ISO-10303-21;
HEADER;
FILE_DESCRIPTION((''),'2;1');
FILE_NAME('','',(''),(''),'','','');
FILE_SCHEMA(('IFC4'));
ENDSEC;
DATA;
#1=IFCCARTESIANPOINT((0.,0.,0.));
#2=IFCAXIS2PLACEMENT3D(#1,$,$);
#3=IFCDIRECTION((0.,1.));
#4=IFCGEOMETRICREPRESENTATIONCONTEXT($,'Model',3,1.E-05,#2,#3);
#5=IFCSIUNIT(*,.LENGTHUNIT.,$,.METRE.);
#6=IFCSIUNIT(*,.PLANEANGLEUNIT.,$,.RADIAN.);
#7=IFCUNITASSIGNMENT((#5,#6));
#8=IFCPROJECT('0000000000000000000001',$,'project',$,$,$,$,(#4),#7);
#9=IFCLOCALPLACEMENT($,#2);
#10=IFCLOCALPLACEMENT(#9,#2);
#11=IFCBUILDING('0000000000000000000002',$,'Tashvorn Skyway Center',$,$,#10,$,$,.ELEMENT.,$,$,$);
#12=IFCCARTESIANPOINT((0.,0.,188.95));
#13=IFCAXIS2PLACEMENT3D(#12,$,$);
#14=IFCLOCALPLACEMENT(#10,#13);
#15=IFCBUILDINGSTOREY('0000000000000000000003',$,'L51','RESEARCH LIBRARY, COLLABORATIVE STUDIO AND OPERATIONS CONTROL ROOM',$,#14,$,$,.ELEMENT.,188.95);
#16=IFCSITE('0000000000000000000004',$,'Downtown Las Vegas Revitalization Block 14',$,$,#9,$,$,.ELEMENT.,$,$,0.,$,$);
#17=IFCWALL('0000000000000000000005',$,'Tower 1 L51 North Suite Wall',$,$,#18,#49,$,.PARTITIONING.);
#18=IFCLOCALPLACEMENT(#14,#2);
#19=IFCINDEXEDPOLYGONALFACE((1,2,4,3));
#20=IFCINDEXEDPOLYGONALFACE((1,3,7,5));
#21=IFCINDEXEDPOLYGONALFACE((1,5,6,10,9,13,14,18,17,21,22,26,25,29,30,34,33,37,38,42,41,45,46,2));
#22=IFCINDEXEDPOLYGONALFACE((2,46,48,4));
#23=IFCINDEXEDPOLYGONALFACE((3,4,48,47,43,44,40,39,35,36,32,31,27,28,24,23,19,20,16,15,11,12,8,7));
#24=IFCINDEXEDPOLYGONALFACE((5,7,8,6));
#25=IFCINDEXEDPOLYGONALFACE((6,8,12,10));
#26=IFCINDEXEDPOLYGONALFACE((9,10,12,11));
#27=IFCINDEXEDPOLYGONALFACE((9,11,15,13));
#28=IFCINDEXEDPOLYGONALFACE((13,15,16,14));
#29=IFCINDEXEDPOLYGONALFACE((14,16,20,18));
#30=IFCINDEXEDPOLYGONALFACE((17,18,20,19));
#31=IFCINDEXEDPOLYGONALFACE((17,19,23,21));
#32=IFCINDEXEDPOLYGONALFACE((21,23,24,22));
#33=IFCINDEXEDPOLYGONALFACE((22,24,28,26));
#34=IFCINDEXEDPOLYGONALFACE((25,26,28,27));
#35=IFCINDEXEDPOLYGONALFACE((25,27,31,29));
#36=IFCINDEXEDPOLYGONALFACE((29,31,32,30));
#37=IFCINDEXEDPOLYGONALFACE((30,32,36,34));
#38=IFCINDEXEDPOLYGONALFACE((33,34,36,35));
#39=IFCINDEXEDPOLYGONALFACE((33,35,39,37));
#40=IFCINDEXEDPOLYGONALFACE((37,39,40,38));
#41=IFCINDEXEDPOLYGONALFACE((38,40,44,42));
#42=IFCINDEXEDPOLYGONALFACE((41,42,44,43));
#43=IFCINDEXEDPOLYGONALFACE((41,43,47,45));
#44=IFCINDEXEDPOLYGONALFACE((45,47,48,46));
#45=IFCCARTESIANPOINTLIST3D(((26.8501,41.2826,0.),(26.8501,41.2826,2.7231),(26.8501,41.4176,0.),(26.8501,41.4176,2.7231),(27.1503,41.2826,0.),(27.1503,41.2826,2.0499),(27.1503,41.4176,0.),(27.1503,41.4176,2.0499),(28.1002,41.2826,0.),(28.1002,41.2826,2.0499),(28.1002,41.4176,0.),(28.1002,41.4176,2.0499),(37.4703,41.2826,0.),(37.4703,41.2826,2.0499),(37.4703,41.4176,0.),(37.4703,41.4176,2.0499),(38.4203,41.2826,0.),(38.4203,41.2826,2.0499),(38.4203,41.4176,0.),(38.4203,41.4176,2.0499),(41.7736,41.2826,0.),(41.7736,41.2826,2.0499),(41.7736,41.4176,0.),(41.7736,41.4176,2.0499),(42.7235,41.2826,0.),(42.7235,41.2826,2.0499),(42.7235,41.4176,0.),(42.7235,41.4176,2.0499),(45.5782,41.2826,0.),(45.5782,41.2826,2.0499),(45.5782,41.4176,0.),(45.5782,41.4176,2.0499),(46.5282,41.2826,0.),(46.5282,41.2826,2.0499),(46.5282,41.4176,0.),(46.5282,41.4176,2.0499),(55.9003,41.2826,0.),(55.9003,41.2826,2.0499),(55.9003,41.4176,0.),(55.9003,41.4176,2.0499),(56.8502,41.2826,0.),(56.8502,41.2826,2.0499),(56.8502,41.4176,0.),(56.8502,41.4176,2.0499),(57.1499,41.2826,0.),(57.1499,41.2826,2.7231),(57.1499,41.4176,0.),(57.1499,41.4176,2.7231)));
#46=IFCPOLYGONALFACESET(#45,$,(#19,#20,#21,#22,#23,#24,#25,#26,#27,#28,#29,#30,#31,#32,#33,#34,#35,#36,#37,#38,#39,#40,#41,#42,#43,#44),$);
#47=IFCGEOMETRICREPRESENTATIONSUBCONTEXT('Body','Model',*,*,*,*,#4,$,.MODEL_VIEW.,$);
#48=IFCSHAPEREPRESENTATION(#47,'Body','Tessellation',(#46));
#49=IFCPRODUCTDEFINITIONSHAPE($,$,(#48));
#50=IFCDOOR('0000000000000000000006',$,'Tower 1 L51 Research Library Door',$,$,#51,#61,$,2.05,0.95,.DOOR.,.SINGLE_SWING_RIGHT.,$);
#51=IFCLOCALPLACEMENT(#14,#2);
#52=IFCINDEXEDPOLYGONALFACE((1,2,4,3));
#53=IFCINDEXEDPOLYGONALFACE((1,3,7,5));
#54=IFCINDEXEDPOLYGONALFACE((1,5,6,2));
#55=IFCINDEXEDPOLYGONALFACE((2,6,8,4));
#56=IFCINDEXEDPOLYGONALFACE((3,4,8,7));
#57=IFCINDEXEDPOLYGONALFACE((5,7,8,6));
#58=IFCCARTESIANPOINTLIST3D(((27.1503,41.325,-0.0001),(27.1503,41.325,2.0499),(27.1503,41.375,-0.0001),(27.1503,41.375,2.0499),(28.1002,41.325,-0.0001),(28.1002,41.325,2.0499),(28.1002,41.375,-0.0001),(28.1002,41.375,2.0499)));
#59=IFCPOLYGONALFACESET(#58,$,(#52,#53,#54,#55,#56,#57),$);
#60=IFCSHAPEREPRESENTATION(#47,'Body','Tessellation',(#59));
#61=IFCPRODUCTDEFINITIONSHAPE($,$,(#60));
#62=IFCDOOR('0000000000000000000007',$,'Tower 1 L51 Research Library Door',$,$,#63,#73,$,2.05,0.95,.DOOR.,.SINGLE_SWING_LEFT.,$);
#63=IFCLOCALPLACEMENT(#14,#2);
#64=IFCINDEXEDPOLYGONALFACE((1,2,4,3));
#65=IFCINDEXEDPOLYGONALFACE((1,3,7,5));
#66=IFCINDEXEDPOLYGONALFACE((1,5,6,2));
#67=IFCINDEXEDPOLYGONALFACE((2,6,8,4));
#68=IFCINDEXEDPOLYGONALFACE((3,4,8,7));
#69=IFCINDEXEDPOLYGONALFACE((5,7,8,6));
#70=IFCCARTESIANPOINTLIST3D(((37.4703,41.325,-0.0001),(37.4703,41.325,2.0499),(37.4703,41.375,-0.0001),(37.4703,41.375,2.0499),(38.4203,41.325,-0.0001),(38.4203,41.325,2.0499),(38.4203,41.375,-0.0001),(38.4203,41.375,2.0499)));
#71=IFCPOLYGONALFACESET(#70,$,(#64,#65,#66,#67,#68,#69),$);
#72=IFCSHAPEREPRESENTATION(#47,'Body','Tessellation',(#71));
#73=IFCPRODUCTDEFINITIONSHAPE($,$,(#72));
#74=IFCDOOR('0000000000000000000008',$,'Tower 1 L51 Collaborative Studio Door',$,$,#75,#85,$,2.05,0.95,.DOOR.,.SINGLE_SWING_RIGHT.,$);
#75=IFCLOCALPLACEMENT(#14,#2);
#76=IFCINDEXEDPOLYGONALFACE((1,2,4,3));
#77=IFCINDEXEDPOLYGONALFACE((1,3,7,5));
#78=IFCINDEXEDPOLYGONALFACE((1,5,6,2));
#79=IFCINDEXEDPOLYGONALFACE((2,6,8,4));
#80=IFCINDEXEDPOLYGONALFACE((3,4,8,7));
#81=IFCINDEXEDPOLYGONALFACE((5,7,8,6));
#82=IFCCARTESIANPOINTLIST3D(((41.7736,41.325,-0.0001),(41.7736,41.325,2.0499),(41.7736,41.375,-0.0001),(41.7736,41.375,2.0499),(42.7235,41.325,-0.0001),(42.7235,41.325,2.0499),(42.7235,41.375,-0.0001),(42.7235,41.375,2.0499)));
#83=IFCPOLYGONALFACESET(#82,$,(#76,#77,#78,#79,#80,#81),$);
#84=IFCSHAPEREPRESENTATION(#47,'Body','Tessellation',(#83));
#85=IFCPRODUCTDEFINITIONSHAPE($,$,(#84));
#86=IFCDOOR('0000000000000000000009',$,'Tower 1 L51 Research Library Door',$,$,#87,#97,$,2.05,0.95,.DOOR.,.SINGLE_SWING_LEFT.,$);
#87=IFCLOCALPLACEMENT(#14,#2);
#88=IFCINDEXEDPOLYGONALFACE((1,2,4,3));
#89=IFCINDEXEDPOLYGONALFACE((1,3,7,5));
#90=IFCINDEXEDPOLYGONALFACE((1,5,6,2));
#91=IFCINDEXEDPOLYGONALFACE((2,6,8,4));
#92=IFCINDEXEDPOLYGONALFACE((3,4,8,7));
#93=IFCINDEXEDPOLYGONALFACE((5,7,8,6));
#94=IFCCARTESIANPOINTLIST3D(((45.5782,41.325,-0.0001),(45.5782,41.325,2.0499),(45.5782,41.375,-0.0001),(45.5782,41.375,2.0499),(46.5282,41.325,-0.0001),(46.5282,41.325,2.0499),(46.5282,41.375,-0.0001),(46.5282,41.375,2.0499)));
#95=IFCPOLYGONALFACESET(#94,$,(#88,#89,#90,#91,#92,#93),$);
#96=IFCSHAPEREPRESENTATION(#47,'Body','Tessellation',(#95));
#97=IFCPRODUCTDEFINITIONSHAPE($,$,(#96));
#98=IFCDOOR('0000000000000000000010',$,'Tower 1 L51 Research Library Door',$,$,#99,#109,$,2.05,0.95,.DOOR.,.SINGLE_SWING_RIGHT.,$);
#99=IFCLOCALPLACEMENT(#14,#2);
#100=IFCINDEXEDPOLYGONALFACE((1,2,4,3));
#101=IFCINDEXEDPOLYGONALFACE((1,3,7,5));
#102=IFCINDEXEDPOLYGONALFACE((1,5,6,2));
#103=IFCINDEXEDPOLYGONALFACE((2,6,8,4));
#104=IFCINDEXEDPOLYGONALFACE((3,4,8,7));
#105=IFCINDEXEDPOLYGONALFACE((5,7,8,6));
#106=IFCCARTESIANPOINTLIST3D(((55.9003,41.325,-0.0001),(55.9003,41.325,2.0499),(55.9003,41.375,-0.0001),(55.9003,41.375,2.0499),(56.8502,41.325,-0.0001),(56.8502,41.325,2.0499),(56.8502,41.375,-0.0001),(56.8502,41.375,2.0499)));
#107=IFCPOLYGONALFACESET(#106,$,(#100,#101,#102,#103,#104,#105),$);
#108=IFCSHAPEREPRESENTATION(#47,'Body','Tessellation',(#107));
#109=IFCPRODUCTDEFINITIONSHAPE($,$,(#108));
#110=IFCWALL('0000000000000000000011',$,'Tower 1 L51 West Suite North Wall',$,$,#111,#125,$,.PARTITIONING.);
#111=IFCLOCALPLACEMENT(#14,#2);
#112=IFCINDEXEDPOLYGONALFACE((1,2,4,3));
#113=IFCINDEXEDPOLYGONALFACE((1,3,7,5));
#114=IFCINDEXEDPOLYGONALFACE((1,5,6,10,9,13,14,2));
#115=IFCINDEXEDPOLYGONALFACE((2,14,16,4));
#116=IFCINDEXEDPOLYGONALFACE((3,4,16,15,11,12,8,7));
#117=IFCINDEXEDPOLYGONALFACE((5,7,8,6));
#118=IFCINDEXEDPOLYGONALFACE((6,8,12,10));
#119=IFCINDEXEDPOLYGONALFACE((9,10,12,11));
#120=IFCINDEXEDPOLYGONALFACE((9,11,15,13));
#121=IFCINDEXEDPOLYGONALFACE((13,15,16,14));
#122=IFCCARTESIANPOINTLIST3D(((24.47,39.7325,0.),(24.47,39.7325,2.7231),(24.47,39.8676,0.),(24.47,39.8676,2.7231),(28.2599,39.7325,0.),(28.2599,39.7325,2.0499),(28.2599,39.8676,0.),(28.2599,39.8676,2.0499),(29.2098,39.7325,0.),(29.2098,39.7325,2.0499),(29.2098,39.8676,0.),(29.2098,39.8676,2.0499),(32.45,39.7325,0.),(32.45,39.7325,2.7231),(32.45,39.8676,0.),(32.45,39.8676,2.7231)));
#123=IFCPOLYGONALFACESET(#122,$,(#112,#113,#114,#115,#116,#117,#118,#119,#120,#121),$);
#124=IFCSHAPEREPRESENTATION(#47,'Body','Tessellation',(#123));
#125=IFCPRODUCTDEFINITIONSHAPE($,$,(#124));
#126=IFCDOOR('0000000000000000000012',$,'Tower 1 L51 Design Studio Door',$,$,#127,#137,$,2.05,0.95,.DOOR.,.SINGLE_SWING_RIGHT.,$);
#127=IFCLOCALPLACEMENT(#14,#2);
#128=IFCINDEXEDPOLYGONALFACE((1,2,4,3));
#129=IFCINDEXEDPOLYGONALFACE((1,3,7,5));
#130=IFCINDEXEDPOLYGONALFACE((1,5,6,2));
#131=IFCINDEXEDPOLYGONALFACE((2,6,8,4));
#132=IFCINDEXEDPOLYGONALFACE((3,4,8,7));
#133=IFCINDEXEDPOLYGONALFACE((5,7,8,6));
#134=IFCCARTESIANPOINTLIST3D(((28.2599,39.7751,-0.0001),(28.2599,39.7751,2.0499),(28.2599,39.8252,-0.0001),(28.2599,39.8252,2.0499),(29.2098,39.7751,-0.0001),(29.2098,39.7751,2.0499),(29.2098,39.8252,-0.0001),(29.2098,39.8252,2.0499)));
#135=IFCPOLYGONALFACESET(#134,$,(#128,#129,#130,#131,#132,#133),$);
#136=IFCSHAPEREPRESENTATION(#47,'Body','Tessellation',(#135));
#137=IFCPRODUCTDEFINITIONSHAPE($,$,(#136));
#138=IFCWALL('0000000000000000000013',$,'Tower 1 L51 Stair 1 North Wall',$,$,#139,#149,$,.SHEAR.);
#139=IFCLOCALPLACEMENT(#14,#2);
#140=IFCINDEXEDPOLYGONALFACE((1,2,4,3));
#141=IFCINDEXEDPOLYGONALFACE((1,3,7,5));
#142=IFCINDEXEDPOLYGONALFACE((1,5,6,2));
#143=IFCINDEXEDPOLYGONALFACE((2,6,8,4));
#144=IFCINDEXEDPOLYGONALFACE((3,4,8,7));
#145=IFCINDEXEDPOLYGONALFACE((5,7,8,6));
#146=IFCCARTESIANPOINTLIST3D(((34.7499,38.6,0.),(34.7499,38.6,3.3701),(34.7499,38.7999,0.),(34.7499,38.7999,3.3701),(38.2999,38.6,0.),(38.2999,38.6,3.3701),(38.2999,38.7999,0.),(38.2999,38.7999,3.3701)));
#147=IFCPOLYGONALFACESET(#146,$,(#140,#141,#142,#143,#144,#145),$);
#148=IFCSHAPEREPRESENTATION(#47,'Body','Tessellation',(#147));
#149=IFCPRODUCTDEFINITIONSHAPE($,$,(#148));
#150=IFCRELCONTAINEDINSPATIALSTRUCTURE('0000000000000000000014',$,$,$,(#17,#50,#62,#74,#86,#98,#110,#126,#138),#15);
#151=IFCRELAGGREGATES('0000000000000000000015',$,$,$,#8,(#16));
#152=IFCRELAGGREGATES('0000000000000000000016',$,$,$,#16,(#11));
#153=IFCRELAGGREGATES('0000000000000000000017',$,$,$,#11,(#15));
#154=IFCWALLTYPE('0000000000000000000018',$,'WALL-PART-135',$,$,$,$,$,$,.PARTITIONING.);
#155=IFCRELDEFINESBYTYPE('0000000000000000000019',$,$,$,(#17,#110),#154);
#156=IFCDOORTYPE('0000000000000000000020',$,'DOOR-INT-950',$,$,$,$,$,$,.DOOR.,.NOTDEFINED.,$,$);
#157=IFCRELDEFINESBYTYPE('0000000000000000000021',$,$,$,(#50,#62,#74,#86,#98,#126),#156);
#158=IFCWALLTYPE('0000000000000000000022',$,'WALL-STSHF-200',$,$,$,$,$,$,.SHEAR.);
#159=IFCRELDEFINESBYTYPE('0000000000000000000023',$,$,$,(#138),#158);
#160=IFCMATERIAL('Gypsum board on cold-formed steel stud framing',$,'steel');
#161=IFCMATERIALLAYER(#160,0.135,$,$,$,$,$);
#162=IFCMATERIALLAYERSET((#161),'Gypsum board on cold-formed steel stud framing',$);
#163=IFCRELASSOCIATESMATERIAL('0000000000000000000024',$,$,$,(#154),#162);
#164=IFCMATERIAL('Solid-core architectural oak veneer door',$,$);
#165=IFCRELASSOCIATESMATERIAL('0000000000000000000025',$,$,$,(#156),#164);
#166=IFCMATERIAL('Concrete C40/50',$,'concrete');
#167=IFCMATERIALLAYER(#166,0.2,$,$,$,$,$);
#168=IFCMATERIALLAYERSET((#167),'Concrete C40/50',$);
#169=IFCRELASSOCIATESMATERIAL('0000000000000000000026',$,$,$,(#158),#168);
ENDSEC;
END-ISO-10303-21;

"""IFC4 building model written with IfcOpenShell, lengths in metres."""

from ifc_helpers import new_model, si_unit, direction, frame, frame_2d, origin, place, context, subcontext, project, spatial, rectangle, extrude, material, layer, layer_set, type_object, element, fill, save


model = new_model("IFC4")

# Units and contexts
model_context = context("Model", 3, precision=1e-05, world=origin(), true_north=direction((0.0, 1.0)))
body_context = subcontext(model_context, "Body", "Model", "MODEL_VIEW")
ifc_project = project(units=[si_unit("LENGTHUNIT", "METRE"), si_unit("PLANEANGLEUNIT", "RADIAN")], contexts=[model_context])

# Site, building, storey
site_placement = place(None, origin())
site = spatial("IfcSite", under=ifc_project, at=site_placement, Name="Downtown Las Vegas Revitalization Block 14", CompositionType="ELEMENT", RefElevation=0.0)
building_placement = place(site_placement, origin())
building = spatial("IfcBuilding", under=site, at=building_placement, Name="Tashvorn Skyway Center", CompositionType="ELEMENT")
storey_placement = place(building_placement, frame((0.0, 0.0, 188.95)))
storey = spatial("IfcBuildingStorey", under=building, at=storey_placement, Name="L51", Description="RESEARCH LIBRARY, COLLABORATIVE STUDIO AND OPERATIONS CONTROL ROOM", CompositionType="ELEMENT", Elevation=188.95)

# Shared definitions
ifc_material_1 = material(Name="Gypsum board on cold-formed steel stud framing", Category="steel")

# Wall, openings, doors
ifc_layer_1 = layer(ifc_material_1, 0.135)
ifc_layer_set_1 = layer_set([ifc_layer_1], Name="Gypsum board on cold-formed steel stud framing")
wall_type_1 = type_object("IfcWallType", Name="WALL-PART-135", PredefinedType="PARTITIONING", material=ifc_layer_set_1)
wall_1_placement = place(storey_placement, frame((26.8501, 41.3501, 0.0), z_axis=(0.0, 0.0, 1.0), x_axis=(1.0, 0.0, 0.0)))
wall_1 = element("IfcWall", 1, at=wall_1_placement, inside=storey, type_object=wall_type_1, Name="Tower 1 L51 North Suite Wall", PredefinedType="PARTITIONING", context=body_context, shape_type="SweptSolid", body=[
    extrude(rectangle(XDim=30.2998, YDim=0.135, at=frame_2d((15.1499, 0.0))), origin(), (0.0, 0.0, 1.0), 2.7231),
])
opening_1_placement = place(wall_1_placement, frame((0.3, 0.0, 0.0)))
opening_1 = element("IfcOpeningElement", 2, at=opening_1_placement, cuts=wall_1, PredefinedType="OPENING", context=body_context, shape_type="SweptSolid", body=[
    extrude(rectangle(XDim=0.95, YDim=2.05, at=frame_2d((0.4751, 1.0249))), frame((0.0, 0.0774, 0.0), z_axis=(0.0, -1.0, 0.0), x_axis=(1.0, 0.0, 0.0)), (0.0, 0.0, 1.0), 0.155),
])
opening_2_placement = place(wall_1_placement, frame((10.6201, 0.0, 0.0)))
opening_2 = element("IfcOpeningElement", 3, at=opening_2_placement, cuts=wall_1, PredefinedType="OPENING", context=body_context, shape_type="SweptSolid", body=[
    extrude(rectangle(XDim=0.95, YDim=2.05, at=frame_2d((0.4751, 1.0249))), frame((0.0, 0.0774, 0.0), z_axis=(0.0, -1.0, 0.0), x_axis=(1.0, 0.0, 0.0)), (0.0, 0.0, 1.0), 0.155),
])
opening_3_placement = place(wall_1_placement, frame((14.9233, 0.0, 0.0)))
opening_3 = element("IfcOpeningElement", 4, at=opening_3_placement, cuts=wall_1, PredefinedType="OPENING", context=body_context, shape_type="SweptSolid", body=[
    extrude(rectangle(XDim=0.95, YDim=2.05, at=frame_2d((0.4751, 1.0249))), frame((0.0, 0.0774, 0.0), z_axis=(0.0, -1.0, 0.0), x_axis=(1.0, 0.0, 0.0)), (0.0, 0.0, 1.0), 0.155),
])
opening_4_placement = place(wall_1_placement, frame((18.728, 0.0, 0.0)))
opening_4 = element("IfcOpeningElement", 5, at=opening_4_placement, cuts=wall_1, PredefinedType="OPENING", context=body_context, shape_type="SweptSolid", body=[
    extrude(rectangle(XDim=0.95, YDim=2.05, at=frame_2d((0.4751, 1.0249))), frame((0.0, 0.0774, 0.0), z_axis=(0.0, -1.0, 0.0), x_axis=(1.0, 0.0, 0.0)), (0.0, 0.0, 1.0), 0.155),
])
opening_5_placement = place(wall_1_placement, frame((29.05, 0.0, 0.0)))
opening_5 = element("IfcOpeningElement", 6, at=opening_5_placement, cuts=wall_1, PredefinedType="OPENING", context=body_context, shape_type="SweptSolid", body=[
    extrude(rectangle(XDim=0.95, YDim=2.05, at=frame_2d((0.4751, 1.0249))), frame((0.0, 0.0774, 0.0), z_axis=(0.0, -1.0, 0.0), x_axis=(1.0, 0.0, 0.0)), (0.0, 0.0, 1.0), 0.155),
])
ifc_material_2 = material(Name="Solid-core architectural oak veneer door")
door_type_1 = type_object("IfcDoorType", Name="DOOR-INT-950", OperationType="NOTDEFINED", PredefinedType="DOOR", material=ifc_material_2)
door_1_placement = place(opening_1_placement, origin())
door_1 = element("IfcDoor", 7, at=door_1_placement, inside=storey, type_object=door_type_1, Name="Tower 1 L51 Research Library Door", OperationType="SINGLE_SWING_RIGHT", OverallHeight=2.05, OverallWidth=0.95, PredefinedType="DOOR", context=body_context, shape_type="SweptSolid", body=[
    extrude(rectangle(XDim=0.95, YDim=2.05, at=frame_2d((0.4751, 1.0249))), frame((0.0, 0.0249, 0.0), z_axis=(0.0, -1.0, 0.0), x_axis=(1.0, 0.0, 0.0)), (0.0, 0.0, 1.0), 0.05),
])
fill(opening_1, door_1)
door_2_placement = place(opening_2_placement, origin())
door_2 = element("IfcDoor", 8, at=door_2_placement, inside=storey, type_object=door_type_1, Name="Tower 1 L51 Research Library Door", OperationType="SINGLE_SWING_LEFT", OverallHeight=2.05, OverallWidth=0.95, PredefinedType="DOOR", context=body_context, shape_type="SweptSolid", body=[
    extrude(rectangle(XDim=0.95, YDim=2.05, at=frame_2d((0.4751, 1.0249))), frame((0.0, 0.0249, 0.0), z_axis=(0.0, -1.0, 0.0), x_axis=(1.0, 0.0, 0.0)), (0.0, 0.0, 1.0), 0.05),
])
fill(opening_2, door_2)
door_3_placement = place(opening_3_placement, origin())
door_3 = element("IfcDoor", 9, at=door_3_placement, inside=storey, type_object=door_type_1, Name="Tower 1 L51 Collaborative Studio Door", OperationType="SINGLE_SWING_RIGHT", OverallHeight=2.05, OverallWidth=0.95, PredefinedType="DOOR", context=body_context, shape_type="SweptSolid", body=[
    extrude(rectangle(XDim=0.95, YDim=2.05, at=frame_2d((0.4751, 1.0249))), frame((0.0, 0.0249, 0.0), z_axis=(0.0, -1.0, 0.0), x_axis=(1.0, 0.0, 0.0)), (0.0, 0.0, 1.0), 0.05),
])
fill(opening_3, door_3)
door_4_placement = place(opening_4_placement, origin())
door_4 = element("IfcDoor", 10, at=door_4_placement, inside=storey, type_object=door_type_1, Name="Tower 1 L51 Research Library Door", OperationType="SINGLE_SWING_LEFT", OverallHeight=2.05, OverallWidth=0.95, PredefinedType="DOOR", context=body_context, shape_type="SweptSolid", body=[
    extrude(rectangle(XDim=0.95, YDim=2.05, at=frame_2d((0.4751, 1.0249))), frame((0.0, 0.0249, 0.0), z_axis=(0.0, -1.0, 0.0), x_axis=(1.0, 0.0, 0.0)), (0.0, 0.0, 1.0), 0.05),
])
fill(opening_4, door_4)
door_5_placement = place(opening_5_placement, origin())
door_5 = element("IfcDoor", 11, at=door_5_placement, inside=storey, type_object=door_type_1, Name="Tower 1 L51 Research Library Door", OperationType="SINGLE_SWING_RIGHT", OverallHeight=2.05, OverallWidth=0.95, PredefinedType="DOOR", context=body_context, shape_type="SweptSolid", body=[
    extrude(rectangle(XDim=0.95, YDim=2.05, at=frame_2d((0.4751, 1.0249))), frame((0.0, 0.0249, 0.0), z_axis=(0.0, -1.0, 0.0), x_axis=(1.0, 0.0, 0.0)), (0.0, 0.0, 1.0), 0.05),
])
fill(opening_5, door_5)

# Wall, opening, door
wall_2_placement = place(storey_placement, frame((32.45, 39.8, 0.0), z_axis=(0.0, 0.0, 1.0), x_axis=(-1.0, 0.0, 0.0)))
wall_2 = element("IfcWall", 12, at=wall_2_placement, inside=storey, type_object=wall_type_1, Name="Tower 1 L51 West Suite North Wall", PredefinedType="PARTITIONING", context=body_context, shape_type="SweptSolid", body=[
    extrude(rectangle(XDim=7.98, YDim=0.135, at=frame_2d((3.99, 0.0))), origin(), (0.0, 0.0, 1.0), 2.7231),
])
opening_6_placement = place(wall_2_placement, frame((3.24, 0.0, 0.0)))
opening_6 = element("IfcOpeningElement", 13, at=opening_6_placement, cuts=wall_2, PredefinedType="OPENING", context=body_context, shape_type="SweptSolid", body=[
    extrude(rectangle(XDim=0.95, YDim=2.05, at=frame_2d((0.4751, 1.0249))), frame((0.0, 0.0774, 0.0), z_axis=(0.0, -1.0, 0.0), x_axis=(1.0, 0.0, 0.0)), (0.0, 0.0, 1.0), 0.155),
])
door_6_placement = place(opening_6_placement, origin())
door_6 = element("IfcDoor", 14, at=door_6_placement, inside=storey, type_object=door_type_1, Name="Tower 1 L51 Design Studio Door", OperationType="SINGLE_SWING_RIGHT", OverallHeight=2.05, OverallWidth=0.95, PredefinedType="DOOR", context=body_context, shape_type="SweptSolid", body=[
    extrude(rectangle(XDim=0.95, YDim=2.05, at=frame_2d((0.4751, 1.0249))), frame((0.0, 0.0249, 0.0), z_axis=(0.0, -1.0, 0.0), x_axis=(1.0, 0.0, 0.0)), (0.0, 0.0, 1.0), 0.05),
])
fill(opening_6, door_6)

# Wall
ifc_material_3 = material(Name="Concrete C40/50", Category="concrete")
ifc_layer_2 = layer(ifc_material_3, 0.2)
ifc_layer_set_2 = layer_set([ifc_layer_2], Name="Concrete C40/50")
wall_type_2 = type_object("IfcWallType", Name="WALL-STSHF-200", PredefinedType="SHEAR", material=ifc_layer_set_2)
wall_3_placement = place(storey_placement, frame((34.75, 38.7, 0.0), z_axis=(0.0, 0.0, 1.0), x_axis=(1.0, 0.0, 0.0)))
element("IfcWall", 15, at=wall_3_placement, inside=storey, type_object=wall_type_2, Name="Tower 1 L51 Stair 1 North Wall", PredefinedType="SHEAR", context=body_context, shape_type="SweptSolid", body=[
    extrude(rectangle(XDim=3.55, YDim=0.2, at=frame_2d((1.7749, 0.0))), origin(), (0.0, 0.0, 1.0), 3.3701),
])

save(model, "model.ifc")
